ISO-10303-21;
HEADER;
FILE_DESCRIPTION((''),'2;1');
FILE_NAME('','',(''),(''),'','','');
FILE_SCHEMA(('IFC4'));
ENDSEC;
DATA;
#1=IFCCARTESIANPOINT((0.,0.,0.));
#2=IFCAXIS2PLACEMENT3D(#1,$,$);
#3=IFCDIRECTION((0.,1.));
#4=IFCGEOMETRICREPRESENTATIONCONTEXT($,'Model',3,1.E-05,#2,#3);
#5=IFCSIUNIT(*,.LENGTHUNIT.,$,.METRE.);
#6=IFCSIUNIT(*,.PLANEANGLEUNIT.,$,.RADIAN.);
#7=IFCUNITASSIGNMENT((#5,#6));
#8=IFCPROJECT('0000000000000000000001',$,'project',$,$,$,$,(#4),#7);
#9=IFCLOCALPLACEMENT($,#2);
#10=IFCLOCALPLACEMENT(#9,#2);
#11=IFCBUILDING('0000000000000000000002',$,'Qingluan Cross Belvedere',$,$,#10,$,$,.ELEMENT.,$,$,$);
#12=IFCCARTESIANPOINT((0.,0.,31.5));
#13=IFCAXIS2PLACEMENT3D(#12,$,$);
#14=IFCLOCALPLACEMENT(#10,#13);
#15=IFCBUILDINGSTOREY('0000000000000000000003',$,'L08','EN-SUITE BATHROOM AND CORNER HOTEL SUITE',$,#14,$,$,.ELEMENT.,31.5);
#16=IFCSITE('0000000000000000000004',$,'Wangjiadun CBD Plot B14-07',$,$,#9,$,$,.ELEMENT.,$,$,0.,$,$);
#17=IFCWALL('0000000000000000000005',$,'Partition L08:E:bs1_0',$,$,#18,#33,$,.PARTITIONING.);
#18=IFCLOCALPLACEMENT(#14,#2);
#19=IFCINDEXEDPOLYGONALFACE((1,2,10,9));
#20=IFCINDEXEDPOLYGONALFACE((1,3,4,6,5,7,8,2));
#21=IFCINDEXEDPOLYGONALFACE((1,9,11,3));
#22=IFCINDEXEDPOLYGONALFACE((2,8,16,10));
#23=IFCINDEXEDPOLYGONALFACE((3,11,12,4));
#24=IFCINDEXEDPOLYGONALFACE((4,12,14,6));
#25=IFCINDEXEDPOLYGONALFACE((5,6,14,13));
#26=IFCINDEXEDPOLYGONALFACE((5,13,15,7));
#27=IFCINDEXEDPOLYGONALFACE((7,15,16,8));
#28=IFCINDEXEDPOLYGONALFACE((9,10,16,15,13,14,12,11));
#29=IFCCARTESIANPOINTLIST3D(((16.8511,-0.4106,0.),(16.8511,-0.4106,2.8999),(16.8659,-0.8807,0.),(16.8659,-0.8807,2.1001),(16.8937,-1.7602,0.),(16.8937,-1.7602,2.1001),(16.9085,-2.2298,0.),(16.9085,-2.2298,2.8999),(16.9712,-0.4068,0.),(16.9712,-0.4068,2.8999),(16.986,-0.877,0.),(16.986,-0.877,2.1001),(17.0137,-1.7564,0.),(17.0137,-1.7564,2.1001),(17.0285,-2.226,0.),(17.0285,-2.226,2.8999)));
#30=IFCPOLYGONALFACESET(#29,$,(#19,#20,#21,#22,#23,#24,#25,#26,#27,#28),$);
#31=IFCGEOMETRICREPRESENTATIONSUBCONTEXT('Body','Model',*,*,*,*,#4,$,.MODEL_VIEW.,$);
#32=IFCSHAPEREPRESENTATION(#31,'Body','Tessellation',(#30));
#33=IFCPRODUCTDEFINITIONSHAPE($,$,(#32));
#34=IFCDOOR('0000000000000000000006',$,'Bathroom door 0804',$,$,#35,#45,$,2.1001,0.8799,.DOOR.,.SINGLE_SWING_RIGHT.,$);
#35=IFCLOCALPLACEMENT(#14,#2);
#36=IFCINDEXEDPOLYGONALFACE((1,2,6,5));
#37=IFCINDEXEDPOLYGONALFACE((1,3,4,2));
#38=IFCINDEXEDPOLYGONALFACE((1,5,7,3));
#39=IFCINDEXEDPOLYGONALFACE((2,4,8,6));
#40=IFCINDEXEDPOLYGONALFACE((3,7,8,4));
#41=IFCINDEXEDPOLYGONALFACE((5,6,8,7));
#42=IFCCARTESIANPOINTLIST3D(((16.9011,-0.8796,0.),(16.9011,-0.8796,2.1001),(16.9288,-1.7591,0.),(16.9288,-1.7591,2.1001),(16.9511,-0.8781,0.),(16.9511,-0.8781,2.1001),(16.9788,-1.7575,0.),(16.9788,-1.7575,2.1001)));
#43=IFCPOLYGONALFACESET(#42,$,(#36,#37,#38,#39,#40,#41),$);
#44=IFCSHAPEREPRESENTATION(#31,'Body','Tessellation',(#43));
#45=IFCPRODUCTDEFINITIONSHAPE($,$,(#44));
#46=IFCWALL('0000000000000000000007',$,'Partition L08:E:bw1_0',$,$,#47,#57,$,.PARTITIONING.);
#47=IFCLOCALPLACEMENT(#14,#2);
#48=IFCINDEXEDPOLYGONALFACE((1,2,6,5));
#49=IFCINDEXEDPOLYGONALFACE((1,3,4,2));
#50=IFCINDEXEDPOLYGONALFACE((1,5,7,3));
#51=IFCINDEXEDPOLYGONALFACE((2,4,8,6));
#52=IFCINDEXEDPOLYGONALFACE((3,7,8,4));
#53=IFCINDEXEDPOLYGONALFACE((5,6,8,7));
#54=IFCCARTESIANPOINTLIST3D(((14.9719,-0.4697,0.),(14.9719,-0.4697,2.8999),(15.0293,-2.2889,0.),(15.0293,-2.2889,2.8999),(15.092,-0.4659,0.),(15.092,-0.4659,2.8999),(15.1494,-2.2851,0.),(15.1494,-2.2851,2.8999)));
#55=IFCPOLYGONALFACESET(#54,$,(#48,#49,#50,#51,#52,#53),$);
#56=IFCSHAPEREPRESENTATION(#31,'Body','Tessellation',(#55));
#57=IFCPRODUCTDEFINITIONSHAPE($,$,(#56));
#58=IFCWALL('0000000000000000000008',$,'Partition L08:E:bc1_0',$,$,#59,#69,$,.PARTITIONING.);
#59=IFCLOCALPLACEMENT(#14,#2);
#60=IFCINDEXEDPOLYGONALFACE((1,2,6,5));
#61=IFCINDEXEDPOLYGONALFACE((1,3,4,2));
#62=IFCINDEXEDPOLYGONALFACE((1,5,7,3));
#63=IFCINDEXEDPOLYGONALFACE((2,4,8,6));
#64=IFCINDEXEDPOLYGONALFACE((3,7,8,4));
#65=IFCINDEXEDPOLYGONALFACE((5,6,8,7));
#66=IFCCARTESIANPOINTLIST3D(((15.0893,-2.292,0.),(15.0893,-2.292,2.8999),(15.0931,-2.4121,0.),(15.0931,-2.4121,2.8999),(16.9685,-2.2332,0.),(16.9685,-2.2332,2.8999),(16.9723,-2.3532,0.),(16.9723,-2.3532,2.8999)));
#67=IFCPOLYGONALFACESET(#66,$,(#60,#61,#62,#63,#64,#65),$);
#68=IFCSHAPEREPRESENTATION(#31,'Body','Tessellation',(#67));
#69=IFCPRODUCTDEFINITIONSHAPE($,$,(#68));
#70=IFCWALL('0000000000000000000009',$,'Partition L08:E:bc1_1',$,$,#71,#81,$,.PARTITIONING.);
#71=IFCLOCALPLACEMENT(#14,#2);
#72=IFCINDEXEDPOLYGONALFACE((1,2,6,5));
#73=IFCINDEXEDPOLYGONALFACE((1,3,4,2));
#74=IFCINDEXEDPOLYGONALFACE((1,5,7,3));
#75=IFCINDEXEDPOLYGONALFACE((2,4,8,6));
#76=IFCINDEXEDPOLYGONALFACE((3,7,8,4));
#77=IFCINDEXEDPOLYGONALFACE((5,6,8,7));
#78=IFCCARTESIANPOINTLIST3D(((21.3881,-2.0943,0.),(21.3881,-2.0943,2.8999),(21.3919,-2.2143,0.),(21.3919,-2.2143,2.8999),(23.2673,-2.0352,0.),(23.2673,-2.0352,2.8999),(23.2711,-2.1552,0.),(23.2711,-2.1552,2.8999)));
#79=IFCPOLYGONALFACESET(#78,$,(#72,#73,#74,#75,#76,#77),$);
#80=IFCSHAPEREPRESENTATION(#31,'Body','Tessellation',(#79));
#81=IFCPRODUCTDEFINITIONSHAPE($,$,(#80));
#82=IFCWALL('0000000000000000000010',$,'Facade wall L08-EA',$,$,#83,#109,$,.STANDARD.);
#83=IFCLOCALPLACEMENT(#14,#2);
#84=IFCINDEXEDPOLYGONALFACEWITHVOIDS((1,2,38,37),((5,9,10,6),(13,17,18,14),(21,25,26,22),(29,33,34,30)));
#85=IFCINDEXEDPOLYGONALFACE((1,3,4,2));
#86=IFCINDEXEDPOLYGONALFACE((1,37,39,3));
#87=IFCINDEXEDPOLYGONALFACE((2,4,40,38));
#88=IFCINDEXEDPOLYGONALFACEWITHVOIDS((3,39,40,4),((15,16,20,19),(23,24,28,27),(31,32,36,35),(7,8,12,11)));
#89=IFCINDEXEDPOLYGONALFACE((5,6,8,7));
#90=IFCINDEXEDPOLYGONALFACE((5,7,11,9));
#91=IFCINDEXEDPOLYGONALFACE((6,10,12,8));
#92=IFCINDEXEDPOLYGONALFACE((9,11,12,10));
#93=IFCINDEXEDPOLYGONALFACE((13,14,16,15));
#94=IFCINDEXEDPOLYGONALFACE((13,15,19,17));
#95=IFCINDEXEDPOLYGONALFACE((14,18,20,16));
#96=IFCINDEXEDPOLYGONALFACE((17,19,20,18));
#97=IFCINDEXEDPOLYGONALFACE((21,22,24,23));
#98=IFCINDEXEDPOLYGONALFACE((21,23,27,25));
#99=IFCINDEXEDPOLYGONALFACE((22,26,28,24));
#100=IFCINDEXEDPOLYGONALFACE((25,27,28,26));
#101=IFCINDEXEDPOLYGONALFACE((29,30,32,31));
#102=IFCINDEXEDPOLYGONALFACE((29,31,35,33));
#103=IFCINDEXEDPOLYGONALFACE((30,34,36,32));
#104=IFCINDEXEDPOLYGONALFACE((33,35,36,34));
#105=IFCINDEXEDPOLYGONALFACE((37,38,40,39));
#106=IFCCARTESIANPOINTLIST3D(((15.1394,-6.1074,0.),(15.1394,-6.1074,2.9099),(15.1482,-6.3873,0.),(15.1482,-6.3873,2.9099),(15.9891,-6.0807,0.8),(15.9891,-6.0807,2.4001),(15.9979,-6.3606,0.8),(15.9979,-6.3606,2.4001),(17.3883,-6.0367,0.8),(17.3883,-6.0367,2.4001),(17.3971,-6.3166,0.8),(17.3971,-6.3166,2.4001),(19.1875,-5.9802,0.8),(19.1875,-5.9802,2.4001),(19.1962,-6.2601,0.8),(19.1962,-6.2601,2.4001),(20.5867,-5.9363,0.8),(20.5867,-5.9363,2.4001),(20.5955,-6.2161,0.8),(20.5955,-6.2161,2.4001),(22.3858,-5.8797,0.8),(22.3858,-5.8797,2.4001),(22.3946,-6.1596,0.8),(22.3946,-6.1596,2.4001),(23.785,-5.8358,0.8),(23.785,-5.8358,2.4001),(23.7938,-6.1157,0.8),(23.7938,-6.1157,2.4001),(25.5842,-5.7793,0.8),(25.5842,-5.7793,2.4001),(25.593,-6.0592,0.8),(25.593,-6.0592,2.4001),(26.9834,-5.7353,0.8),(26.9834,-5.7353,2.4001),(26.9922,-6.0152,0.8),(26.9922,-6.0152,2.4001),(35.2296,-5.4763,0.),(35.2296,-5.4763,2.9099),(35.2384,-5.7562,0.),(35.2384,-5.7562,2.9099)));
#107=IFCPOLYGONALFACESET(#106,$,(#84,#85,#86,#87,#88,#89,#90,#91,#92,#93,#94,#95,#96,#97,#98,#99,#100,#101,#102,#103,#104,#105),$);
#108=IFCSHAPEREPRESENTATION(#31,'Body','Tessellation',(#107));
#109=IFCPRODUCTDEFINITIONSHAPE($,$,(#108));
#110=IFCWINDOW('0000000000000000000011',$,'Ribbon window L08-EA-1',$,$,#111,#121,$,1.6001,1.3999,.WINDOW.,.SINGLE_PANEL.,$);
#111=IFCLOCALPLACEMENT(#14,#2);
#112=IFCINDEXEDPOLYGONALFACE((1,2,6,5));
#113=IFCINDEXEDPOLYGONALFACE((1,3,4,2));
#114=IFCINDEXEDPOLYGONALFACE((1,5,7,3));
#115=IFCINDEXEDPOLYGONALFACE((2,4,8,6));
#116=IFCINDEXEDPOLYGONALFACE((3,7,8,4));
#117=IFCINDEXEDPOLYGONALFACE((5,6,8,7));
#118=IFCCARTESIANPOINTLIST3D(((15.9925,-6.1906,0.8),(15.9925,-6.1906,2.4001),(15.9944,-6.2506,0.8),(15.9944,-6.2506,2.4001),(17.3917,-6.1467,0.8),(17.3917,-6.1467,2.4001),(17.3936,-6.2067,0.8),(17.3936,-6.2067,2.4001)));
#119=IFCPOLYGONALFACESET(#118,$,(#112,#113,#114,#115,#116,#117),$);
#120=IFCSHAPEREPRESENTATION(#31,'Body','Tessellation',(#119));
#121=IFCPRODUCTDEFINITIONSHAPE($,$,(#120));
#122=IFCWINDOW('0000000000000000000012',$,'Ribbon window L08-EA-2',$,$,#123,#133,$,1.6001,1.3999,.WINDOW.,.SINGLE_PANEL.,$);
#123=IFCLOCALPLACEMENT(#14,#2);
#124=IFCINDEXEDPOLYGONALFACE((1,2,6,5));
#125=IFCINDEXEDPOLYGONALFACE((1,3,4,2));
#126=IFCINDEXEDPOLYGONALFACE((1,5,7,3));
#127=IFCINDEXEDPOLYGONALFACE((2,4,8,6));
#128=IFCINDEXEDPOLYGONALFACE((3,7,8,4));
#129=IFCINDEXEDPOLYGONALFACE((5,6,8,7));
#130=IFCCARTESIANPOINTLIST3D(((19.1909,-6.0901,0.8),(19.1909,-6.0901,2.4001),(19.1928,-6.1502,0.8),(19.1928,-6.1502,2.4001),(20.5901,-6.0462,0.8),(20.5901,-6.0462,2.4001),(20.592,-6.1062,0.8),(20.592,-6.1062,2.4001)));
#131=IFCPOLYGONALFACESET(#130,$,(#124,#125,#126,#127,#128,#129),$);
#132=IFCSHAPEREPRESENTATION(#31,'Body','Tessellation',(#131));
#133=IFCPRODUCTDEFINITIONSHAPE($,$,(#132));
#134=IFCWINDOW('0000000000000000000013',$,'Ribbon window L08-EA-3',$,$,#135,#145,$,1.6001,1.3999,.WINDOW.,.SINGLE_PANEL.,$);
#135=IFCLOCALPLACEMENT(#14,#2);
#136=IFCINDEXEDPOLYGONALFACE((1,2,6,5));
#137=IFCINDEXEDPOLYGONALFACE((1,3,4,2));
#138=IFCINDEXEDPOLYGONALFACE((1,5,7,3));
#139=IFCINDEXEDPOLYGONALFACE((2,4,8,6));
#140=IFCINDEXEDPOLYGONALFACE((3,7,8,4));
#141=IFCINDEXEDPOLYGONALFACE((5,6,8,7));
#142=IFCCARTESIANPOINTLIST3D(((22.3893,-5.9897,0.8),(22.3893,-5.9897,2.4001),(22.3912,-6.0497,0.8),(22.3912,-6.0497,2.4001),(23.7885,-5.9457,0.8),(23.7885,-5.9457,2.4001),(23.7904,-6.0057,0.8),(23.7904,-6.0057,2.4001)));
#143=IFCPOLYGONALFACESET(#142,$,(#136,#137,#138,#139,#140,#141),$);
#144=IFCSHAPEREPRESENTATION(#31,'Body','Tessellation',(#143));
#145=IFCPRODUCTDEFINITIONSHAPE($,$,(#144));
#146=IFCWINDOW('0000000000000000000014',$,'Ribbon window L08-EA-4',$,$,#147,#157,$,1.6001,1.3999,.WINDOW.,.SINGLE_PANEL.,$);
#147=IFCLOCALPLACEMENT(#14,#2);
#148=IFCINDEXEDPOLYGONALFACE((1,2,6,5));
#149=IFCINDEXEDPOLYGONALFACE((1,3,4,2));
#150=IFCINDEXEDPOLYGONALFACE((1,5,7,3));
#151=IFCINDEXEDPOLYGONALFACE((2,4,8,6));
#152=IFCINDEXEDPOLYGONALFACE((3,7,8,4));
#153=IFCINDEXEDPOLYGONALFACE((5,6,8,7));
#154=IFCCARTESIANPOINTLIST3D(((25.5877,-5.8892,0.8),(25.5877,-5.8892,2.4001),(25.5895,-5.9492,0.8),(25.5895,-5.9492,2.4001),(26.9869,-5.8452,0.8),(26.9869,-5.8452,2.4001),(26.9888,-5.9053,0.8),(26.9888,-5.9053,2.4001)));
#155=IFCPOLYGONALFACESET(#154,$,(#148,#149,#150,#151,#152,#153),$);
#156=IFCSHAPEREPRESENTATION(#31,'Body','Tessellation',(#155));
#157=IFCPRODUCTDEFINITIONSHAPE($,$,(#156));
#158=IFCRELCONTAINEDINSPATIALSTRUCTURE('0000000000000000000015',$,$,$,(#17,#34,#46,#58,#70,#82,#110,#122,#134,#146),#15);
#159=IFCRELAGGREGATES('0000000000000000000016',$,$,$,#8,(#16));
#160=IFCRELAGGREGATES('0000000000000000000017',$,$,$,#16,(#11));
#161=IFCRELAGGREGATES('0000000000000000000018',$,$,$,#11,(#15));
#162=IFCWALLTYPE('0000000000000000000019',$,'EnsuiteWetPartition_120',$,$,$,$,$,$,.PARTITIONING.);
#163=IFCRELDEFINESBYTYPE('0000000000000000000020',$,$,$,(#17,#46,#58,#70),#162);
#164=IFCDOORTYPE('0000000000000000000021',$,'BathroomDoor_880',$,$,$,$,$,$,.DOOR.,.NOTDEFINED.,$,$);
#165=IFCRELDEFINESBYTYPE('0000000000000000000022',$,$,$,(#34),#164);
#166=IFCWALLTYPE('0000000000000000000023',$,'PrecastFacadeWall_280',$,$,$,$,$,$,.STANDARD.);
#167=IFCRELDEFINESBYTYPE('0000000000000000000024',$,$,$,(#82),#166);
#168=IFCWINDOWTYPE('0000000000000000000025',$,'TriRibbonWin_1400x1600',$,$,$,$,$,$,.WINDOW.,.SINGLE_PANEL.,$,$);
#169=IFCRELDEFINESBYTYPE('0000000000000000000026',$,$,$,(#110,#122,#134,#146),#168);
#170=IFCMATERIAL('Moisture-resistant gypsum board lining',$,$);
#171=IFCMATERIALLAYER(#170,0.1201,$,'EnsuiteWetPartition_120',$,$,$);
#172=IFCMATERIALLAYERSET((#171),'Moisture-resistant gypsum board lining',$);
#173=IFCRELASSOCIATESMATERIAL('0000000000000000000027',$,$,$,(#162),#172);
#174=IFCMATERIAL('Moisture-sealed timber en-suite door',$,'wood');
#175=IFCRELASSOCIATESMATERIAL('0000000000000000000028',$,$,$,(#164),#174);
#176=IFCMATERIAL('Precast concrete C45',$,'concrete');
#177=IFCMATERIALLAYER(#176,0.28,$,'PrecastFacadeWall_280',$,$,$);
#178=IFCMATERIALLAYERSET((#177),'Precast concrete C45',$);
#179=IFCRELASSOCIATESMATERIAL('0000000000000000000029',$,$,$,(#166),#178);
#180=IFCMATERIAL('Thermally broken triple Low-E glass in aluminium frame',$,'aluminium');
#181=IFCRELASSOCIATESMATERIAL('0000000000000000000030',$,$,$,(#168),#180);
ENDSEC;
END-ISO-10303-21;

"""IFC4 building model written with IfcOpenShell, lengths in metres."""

from ifc_helpers import new_model, si_unit, direction, frame, frame_2d, origin, place, context, subcontext, project, spatial, rectangle, extrude, material, layer, layer_set, type_object, element, fill, save


model = new_model("IFC4")

# Units and contexts
model_context = context("Model", 3, precision=1e-05, world=origin(), true_north=direction((0.0, 1.0)))
body_context = subcontext(model_context, "Body", "Model", "MODEL_VIEW")
ifc_project = project(units=[si_unit("LENGTHUNIT", "METRE"), si_unit("PLANEANGLEUNIT", "RADIAN")], contexts=[model_context])

# Site, building, storey
site_placement = place(None, origin())
site = spatial("IfcSite", under=ifc_project, at=site_placement, Name="Wangjiadun CBD Plot B14-07", CompositionType="ELEMENT", RefElevation=0.0)
building_placement = place(site_placement, origin())
building = spatial("IfcBuilding", under=site, at=building_placement, Name="Qingluan Cross Belvedere", CompositionType="ELEMENT")
storey_placement = place(building_placement, frame((0.0, 0.0, 31.5)))
storey = spatial("IfcBuildingStorey", under=building, at=storey_placement, Name="L08", Description="EN-SUITE BATHROOM AND CORNER HOTEL SUITE", CompositionType="ELEMENT", Elevation=31.5)

# Wall, opening, door
ifc_material_1 = material(Name="Moisture-resistant gypsum board lining")
ifc_layer_1 = layer(ifc_material_1, 0.1201, Name="EnsuiteWetPartition_120")
ifc_layer_set_1 = layer_set([ifc_layer_1], Name="Moisture-resistant gypsum board lining")
wall_type_1 = type_object("IfcWallType", Name="EnsuiteWetPartition_120", PredefinedType="PARTITIONING", material=ifc_layer_set_1)
wall_1_placement = place(storey_placement, frame((16.9685, -2.228, 0.0), z_axis=(0.0, 0.0, 1.0), x_axis=(-0.031524, 0.999503, 0.0)))
wall_1 = element("IfcWall", 1, at=wall_1_placement, inside=storey, type_object=wall_type_1, Name="Partition L08:E:bs1_0", PredefinedType="PARTITIONING", context=body_context, shape_type="SweptSolid", body=[
    extrude(rectangle(XDim=1.8201, YDim=0.1201, at=frame_2d((0.9102, 0.0))), origin(), (0.0, 0.0, 1.0), 2.8999),
])
opening_1_placement = place(wall_1_placement, frame((0.47, 0.0, 0.0)))
opening_1 = element("IfcOpeningElement", 2, at=opening_1_placement, cuts=wall_1, PredefinedType="OPENING", context=body_context, shape_type="SweptSolid", body=[
    extrude(rectangle(XDim=0.8799, YDim=2.1001, at=frame_2d((0.4399, 1.05))), frame((0.0, 0.0701, 0.0), z_axis=(0.0, -1.0, 0.0), x_axis=(1.0, 0.0, 0.0)), (0.0, 0.0, 1.0), 0.1401),
])
ifc_material_2 = material(Name="Moisture-sealed timber en-suite door", Category="wood")
door_type = type_object("IfcDoorType", Name="BathroomDoor_880", OperationType="NOTDEFINED", PredefinedType="DOOR", material=ifc_material_2)
door_placement = place(opening_1_placement, origin())
door = element("IfcDoor", 3, at=door_placement, inside=storey, type_object=door_type, Name="Bathroom door 0804", OperationType="SINGLE_SWING_RIGHT", OverallHeight=2.1001, OverallWidth=0.8799, PredefinedType="DOOR", context=body_context, shape_type="SweptSolid", body=[
    extrude(rectangle(XDim=0.8799, YDim=2.1001, at=frame_2d((0.4399, 1.05))), frame((0.0, 0.0249, 0.0), z_axis=(0.0, -1.0, 0.0), x_axis=(1.0, 0.0, 0.0)), (0.0, 0.0, 1.0), 0.05),
])
fill(opening_1, door)

# Walls
wall_2_placement = place(storey_placement, frame((15.0894, -2.2871, 0.0), z_axis=(0.0, 0.0, 1.0), x_axis=(-0.031524, 0.999503, 0.0)))
element("IfcWall", 4, at=wall_2_placement, inside=storey, type_object=wall_type_1, Name="Partition L08:E:bw1_0", PredefinedType="PARTITIONING", context=body_context, shape_type="SweptSolid", body=[
    extrude(rectangle(XDim=1.8201, YDim=0.1201, at=frame_2d((0.9102, 0.0))), origin(), (0.0, 0.0, 1.0), 2.8999),
])
for number, where, z_axis, x_axis, name in (
    (5, (15.0913, -2.3521, 0.0), (0.0, 0.0, 1.0), (0.99951, 0.031296, 0.0), "Partition L08:E:bc1_0"),
    (6, (21.3901, -2.1543, 0.0), (0.0, 0.0, 1.0), (0.999506, 0.031425, 0.0), "Partition L08:E:bc1_1"),
):
    element("IfcWall", number, at=place(storey_placement, frame(where, z_axis=z_axis, x_axis=x_axis)), inside=storey, type_object=wall_type_1, Name=name, PredefinedType="PARTITIONING", context=body_context, shape_type="SweptSolid", body=[
        extrude(rectangle(XDim=1.8801, YDim=0.1201, at=frame_2d((0.9399, 0.0))), origin(), (0.0, 0.0, 1.0), 2.8999),
    ])

# Wall, openings, windows
ifc_material_3 = material(Name="Precast concrete C45", Category="concrete")
ifc_layer_2 = layer(ifc_material_3, 0.28, Name="PrecastFacadeWall_280")
ifc_layer_set_2 = layer_set([ifc_layer_2], Name="Precast concrete C45")
wall_type_2 = type_object("IfcWallType", Name="PrecastFacadeWall_280", PredefinedType="STANDARD", material=ifc_layer_set_2)
wall_3_placement = place(storey_placement, frame((15.1438, -6.2473, 0.0), z_axis=(0.0, 0.0, 1.0), x_axis=(0.999507, 0.031398, 0.0)))
wall_3 = element("IfcWall", 7, at=wall_3_placement, inside=storey, type_object=wall_type_2, Name="Facade wall L08-EA", PredefinedType="STANDARD", context=body_context, shape_type="SweptSolid", body=[
    extrude(rectangle(XDim=20.1001, YDim=0.28, at=frame_2d((10.05, 0.0))), origin(), (0.0, 0.0, 1.0), 2.9099),
])
opening_2_placement = place(wall_3_placement, frame((0.8501, 0.0, 0.8)))
opening_2 = element("IfcOpeningElement", 8, at=opening_2_placement, cuts=wall_3, PredefinedType="OPENING", context=body_context, shape_type="SweptSolid", body=[
    extrude(rectangle(XDim=1.3999, YDim=1.6001, at=frame_2d((0.7, 0.8))), frame((0.0, 0.1499, 0.0), z_axis=(0.0, -1.0, 0.0), x_axis=(1.0, 0.0, 0.0)), (0.0, 0.0, 1.0), 0.3),
])
opening_3_placement = place(wall_3_placement, frame((4.05, 0.0, 0.8)))
opening_3 = element("IfcOpeningElement", 9, at=opening_3_placement, cuts=wall_3, PredefinedType="OPENING", context=body_context, shape_type="SweptSolid", body=[
    extrude(rectangle(XDim=1.3999, YDim=1.6001, at=frame_2d((0.7, 0.8))), frame((0.0, 0.1499, 0.0), z_axis=(0.0, -1.0, 0.0), x_axis=(1.0, 0.0, 0.0)), (0.0, 0.0, 1.0), 0.3),
])
opening_4_placement = place(wall_3_placement, frame((7.25, 0.0, 0.8)))
opening_4 = element("IfcOpeningElement", 10, at=opening_4_placement, cuts=wall_3, PredefinedType="OPENING", context=body_context, shape_type="SweptSolid", body=[
    extrude(rectangle(XDim=1.3999, YDim=1.6001, at=frame_2d((0.7, 0.8))), frame((0.0, 0.1499, 0.0), z_axis=(0.0, -1.0, 0.0), x_axis=(1.0, 0.0, 0.0)), (0.0, 0.0, 1.0), 0.3),
])
opening_5_placement = place(wall_3_placement, frame((10.45, 0.0, 0.8)))
opening_5 = element("IfcOpeningElement", 11, at=opening_5_placement, cuts=wall_3, PredefinedType="OPENING", context=body_context, shape_type="SweptSolid", body=[
    extrude(rectangle(XDim=1.3999, YDim=1.6001, at=frame_2d((0.7, 0.8))), frame((0.0, 0.1499, 0.0), z_axis=(0.0, -1.0, 0.0), x_axis=(1.0, 0.0, 0.0)), (0.0, 0.0, 1.0), 0.3),
])
ifc_material_4 = material(Name="Thermally broken triple Low-E glass in aluminium frame", Category="aluminium")
window_type_1 = type_object("IfcWindowType", Name="TriRibbonWin_1400x1600", PartitioningType="SINGLE_PANEL", PredefinedType="WINDOW", material=ifc_material_4)
window_1_placement = place(opening_2_placement, origin())
window_1 = element("IfcWindow", 12, at=window_1_placement, inside=storey, type_object=window_type_1, Name="Ribbon window L08-EA-1", OverallHeight=1.6001, OverallWidth=1.3999, PartitioningType="SINGLE_PANEL", PredefinedType="WINDOW", context=body_context, shape_type="SweptSolid", body=[
    extrude(rectangle(XDim=1.3999, YDim=1.6001, at=frame_2d((0.7, 0.8))), frame((0.0, 0.03, 0.0), z_axis=(0.0, -1.0, 0.0), x_axis=(1.0, 0.0, 0.0)), (0.0, 0.0, 1.0), 0.0601),
])
fill(opening_2, window_1)
window_2_placement = place(opening_3_placement, origin())
window_2 = element("IfcWindow", 13, at=window_2_placement, inside=storey, type_object=window_type_1, Name="Ribbon window L08-EA-2", OverallHeight=1.6001, OverallWidth=1.3999, PartitioningType="SINGLE_PANEL", PredefinedType="WINDOW", context=body_context, shape_type="SweptSolid", body=[
    extrude(rectangle(XDim=1.3999, YDim=1.6001, at=frame_2d((0.7, 0.8))), frame((0.0, 0.03, 0.0), z_axis=(0.0, -1.0, 0.0), x_axis=(1.0, 0.0, 0.0)), (0.0, 0.0, 1.0), 0.0601),
])
fill(opening_3, window_2)
window_3_placement = place(opening_4_placement, origin())
window_3 = element("IfcWindow", 14, at=window_3_placement, inside=storey, type_object=window_type_1, Name="Ribbon window L08-EA-3", OverallHeight=1.6001, OverallWidth=1.3999, PartitioningType="SINGLE_PANEL", PredefinedType="WINDOW", context=body_context, shape_type="SweptSolid", body=[
    extrude(rectangle(XDim=1.3999, YDim=1.6001, at=frame_2d((0.7, 0.8))), frame((0.0, 0.03, 0.0), z_axis=(0.0, -1.0, 0.0), x_axis=(1.0, 0.0, 0.0)), (0.0, 0.0, 1.0), 0.0601),
])
fill(opening_4, window_3)
window_4_placement = place(opening_5_placement, origin())
window_4 = element("IfcWindow", 15, at=window_4_placement, inside=storey, type_object=window_type_1, Name="Ribbon window L08-EA-4", OverallHeight=1.6001, OverallWidth=1.3999, PartitioningType="SINGLE_PANEL", PredefinedType="WINDOW", context=body_context, shape_type="SweptSolid", body=[
    extrude(rectangle(XDim=1.3999, YDim=1.6001, at=frame_2d((0.7, 0.8))), frame((0.0, 0.03, 0.0), z_axis=(0.0, -1.0, 0.0), x_axis=(1.0, 0.0, 0.0)), (0.0, 0.0, 1.0), 0.0601),
])
fill(opening_5, window_4)

save(model, "model.ifc")
